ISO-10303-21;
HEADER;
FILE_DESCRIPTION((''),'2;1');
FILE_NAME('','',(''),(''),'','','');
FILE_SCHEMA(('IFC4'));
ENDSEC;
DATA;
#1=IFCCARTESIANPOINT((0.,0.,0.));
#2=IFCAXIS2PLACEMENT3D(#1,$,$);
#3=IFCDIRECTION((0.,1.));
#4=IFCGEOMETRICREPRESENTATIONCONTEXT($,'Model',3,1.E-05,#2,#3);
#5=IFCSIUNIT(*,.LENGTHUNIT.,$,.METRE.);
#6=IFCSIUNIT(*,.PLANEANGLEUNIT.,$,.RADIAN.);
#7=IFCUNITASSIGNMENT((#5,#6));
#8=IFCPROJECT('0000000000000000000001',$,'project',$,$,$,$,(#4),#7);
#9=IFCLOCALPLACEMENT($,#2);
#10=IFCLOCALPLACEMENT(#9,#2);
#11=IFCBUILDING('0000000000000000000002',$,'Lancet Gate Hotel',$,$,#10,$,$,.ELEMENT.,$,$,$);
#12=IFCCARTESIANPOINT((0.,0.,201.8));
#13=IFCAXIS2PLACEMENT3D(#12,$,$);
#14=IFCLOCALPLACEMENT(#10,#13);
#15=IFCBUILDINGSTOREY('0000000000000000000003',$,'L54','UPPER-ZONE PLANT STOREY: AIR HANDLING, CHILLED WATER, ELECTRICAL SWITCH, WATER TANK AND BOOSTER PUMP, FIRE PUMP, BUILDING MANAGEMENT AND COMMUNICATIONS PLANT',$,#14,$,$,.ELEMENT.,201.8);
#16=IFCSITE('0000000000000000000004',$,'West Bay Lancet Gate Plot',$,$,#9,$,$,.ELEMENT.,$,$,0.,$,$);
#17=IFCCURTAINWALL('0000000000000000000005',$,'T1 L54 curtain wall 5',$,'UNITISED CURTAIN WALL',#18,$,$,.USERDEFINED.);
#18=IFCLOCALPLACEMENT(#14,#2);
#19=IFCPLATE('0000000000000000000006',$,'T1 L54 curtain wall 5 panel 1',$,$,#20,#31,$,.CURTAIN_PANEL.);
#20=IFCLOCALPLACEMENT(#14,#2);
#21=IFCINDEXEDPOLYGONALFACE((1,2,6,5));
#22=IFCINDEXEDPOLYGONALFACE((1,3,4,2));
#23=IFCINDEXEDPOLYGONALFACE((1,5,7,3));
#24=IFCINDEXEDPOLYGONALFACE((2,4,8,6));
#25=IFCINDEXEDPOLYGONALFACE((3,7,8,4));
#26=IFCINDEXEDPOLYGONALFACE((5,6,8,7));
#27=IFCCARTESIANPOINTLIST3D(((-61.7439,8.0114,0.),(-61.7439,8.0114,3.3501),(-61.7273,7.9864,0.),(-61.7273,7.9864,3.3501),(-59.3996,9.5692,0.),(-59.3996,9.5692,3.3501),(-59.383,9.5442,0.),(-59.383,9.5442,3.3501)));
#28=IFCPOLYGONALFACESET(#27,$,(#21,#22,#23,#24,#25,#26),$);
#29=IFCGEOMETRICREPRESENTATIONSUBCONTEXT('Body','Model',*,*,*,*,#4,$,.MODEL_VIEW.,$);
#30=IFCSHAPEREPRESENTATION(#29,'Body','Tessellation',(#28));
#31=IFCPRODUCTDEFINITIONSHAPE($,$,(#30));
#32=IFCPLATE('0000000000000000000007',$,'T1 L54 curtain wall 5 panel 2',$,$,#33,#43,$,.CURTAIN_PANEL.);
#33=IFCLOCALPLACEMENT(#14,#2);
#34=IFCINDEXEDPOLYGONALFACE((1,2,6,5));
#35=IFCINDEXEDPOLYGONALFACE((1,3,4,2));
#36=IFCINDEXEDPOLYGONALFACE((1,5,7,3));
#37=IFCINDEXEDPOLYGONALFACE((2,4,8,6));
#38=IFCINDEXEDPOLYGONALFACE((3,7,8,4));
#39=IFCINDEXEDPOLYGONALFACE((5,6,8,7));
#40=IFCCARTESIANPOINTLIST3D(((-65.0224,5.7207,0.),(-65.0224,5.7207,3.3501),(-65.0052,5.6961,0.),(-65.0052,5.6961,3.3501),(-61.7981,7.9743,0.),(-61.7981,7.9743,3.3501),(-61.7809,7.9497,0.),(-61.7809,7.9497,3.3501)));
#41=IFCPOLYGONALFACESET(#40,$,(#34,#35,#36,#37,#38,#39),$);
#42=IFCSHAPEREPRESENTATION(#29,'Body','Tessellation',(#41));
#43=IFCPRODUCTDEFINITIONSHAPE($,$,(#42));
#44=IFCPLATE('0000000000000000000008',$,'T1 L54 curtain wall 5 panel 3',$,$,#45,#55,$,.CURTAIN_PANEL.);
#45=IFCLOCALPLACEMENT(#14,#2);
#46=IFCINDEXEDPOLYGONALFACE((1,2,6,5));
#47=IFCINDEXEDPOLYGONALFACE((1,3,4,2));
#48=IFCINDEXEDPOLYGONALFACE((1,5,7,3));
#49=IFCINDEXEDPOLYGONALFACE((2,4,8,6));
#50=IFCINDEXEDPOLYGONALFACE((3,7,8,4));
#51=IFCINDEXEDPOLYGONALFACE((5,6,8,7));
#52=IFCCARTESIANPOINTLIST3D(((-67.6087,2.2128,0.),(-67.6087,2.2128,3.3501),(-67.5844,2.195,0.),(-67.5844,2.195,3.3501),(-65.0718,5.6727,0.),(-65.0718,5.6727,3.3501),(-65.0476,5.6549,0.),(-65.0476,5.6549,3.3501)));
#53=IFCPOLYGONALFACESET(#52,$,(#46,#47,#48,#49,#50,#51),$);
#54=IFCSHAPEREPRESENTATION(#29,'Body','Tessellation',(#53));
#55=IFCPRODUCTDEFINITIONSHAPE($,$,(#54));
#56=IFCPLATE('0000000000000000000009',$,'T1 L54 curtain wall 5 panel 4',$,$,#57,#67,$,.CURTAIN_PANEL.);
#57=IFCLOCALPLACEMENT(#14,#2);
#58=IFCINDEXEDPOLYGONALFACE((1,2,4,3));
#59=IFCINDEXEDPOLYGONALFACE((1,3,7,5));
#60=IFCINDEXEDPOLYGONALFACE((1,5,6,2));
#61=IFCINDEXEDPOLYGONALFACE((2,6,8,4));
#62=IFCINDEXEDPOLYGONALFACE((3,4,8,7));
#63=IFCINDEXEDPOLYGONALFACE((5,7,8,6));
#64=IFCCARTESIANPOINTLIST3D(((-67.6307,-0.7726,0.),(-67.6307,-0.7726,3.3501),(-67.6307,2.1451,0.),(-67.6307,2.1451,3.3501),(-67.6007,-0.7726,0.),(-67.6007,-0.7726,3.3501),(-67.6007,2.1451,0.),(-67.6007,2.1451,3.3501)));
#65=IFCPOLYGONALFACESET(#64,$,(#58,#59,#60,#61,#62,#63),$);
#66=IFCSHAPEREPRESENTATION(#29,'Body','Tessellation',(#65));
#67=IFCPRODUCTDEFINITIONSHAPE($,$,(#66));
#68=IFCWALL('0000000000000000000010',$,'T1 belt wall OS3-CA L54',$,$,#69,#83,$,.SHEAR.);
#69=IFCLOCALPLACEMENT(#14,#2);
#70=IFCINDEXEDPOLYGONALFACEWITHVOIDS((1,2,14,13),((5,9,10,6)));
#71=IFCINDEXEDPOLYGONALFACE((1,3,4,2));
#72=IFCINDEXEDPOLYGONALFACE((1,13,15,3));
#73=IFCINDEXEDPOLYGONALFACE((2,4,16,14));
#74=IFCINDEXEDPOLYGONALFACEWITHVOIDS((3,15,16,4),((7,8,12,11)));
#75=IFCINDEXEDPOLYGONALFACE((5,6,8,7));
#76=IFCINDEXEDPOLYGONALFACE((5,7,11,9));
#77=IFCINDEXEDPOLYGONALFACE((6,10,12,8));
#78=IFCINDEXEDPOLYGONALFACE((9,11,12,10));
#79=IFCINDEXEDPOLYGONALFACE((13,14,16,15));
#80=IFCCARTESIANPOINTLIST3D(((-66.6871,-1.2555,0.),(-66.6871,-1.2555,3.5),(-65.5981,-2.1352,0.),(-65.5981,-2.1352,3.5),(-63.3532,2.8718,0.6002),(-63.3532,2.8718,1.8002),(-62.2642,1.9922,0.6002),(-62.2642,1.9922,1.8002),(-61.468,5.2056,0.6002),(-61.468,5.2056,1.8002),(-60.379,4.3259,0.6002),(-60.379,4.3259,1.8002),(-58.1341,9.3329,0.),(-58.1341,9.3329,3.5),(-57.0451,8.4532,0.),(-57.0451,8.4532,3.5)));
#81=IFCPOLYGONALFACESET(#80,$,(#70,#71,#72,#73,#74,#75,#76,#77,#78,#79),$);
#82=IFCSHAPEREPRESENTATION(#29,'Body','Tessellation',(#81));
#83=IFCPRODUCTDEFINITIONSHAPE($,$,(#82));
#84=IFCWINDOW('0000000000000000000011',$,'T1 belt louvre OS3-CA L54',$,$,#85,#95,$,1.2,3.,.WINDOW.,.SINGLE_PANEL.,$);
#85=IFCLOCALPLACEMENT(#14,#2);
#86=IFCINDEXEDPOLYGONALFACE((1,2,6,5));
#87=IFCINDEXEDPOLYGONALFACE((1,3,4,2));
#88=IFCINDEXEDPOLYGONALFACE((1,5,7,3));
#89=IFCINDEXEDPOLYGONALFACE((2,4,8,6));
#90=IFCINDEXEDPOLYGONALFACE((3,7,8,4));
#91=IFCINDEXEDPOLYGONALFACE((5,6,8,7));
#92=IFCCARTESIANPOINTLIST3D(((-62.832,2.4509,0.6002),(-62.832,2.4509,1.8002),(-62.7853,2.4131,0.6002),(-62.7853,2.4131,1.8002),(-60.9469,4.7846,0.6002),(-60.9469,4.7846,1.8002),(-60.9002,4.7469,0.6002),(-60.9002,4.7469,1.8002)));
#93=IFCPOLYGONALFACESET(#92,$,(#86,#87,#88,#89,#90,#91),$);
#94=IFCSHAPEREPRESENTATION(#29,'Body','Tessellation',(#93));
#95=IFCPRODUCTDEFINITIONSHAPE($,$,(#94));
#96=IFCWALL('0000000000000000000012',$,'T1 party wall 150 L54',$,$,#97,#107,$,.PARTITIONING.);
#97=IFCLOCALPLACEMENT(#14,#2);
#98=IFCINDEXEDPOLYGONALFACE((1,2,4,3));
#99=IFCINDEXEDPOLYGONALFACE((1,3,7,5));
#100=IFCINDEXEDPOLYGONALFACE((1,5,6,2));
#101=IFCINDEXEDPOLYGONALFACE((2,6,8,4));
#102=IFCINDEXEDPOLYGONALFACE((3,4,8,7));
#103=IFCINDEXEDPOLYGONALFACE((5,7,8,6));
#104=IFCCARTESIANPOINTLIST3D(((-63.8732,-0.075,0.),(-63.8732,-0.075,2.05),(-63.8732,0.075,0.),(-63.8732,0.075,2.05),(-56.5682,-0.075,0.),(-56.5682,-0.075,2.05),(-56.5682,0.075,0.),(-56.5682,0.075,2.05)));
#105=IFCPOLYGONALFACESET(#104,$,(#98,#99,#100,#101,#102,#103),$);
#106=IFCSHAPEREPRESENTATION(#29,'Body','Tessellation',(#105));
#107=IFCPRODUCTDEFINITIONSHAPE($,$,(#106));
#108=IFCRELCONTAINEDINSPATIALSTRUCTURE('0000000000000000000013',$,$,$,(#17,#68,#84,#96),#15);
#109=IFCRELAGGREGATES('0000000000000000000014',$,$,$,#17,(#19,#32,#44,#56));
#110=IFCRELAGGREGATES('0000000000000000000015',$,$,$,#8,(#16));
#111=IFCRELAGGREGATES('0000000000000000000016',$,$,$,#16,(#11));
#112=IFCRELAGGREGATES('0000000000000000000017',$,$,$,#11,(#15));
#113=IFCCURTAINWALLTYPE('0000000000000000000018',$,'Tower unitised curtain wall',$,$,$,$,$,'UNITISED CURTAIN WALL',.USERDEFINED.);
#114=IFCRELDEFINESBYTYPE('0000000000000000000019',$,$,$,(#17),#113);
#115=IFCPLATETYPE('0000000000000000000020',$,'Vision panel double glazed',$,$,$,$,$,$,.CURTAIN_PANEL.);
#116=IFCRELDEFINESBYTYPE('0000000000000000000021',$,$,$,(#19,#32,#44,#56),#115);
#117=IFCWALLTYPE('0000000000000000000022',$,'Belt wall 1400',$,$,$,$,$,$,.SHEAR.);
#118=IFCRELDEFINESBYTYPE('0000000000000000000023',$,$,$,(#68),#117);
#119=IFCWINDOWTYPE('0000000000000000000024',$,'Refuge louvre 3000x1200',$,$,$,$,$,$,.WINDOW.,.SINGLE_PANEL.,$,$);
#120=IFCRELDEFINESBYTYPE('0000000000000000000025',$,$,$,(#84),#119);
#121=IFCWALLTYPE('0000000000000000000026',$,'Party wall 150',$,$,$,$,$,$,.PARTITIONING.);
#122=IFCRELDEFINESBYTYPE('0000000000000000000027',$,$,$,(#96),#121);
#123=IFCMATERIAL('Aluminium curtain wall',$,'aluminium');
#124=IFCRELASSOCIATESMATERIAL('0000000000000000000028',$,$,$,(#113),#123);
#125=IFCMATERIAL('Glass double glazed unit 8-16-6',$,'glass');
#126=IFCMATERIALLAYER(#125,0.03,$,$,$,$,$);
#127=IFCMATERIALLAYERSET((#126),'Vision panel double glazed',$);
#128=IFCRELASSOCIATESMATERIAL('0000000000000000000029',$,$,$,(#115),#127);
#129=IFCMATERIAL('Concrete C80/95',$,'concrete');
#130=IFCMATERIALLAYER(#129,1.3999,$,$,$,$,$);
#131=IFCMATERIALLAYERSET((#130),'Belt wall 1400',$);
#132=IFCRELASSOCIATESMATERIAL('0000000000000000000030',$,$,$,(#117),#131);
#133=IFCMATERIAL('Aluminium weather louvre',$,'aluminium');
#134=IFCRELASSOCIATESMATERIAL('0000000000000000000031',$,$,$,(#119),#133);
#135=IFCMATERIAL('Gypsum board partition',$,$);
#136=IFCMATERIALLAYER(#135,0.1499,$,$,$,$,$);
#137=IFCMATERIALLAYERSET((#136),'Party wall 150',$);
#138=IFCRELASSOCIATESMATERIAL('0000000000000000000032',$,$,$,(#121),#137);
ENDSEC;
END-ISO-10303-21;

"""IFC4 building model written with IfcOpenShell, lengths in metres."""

from ifc_helpers import new_model, si_unit, direction, frame, frame_2d, origin, origin_2d, place, context, subcontext, project, spatial, rectangle, extrude, material, layer, layer_set, type_object, element, fill, aggregate, save


model = new_model("IFC4")

# Units and contexts
model_context = context("Model", 3, precision=1e-05, world=origin(), true_north=direction((0.0, 1.0)))
body_context = subcontext(model_context, "Body", "Model", "MODEL_VIEW")
ifc_project = project(units=[si_unit("LENGTHUNIT", "METRE"), si_unit("PLANEANGLEUNIT", "RADIAN")], contexts=[model_context])

# Site, building, storey
site_placement = place(None, origin())
site = spatial("IfcSite", under=ifc_project, at=site_placement, Name="West Bay Lancet Gate Plot", CompositionType="ELEMENT", RefElevation=0.0)
building_placement = place(site_placement, origin())
building = spatial("IfcBuilding", under=site, at=building_placement, Name="Lancet Gate Hotel", CompositionType="ELEMENT")
storey_placement = place(building_placement, frame((0.0, 0.0, 201.8)))
storey = spatial("IfcBuildingStorey", under=building, at=storey_placement, Name="L54", Description="UPPER-ZONE PLANT STOREY: AIR HANDLING, CHILLED WATER, ELECTRICAL SWITCH, WATER TANK AND BOOSTER PUMP, FIRE PUMP, BUILDING MANAGEMENT AND COMMUNICATIONS PLANT", CompositionType="ELEMENT", Elevation=201.8)

# Curtain wall
ifc_material_1 = material(Name="Aluminium curtain wall", Category="aluminium")
curtain_wall_type = type_object("IfcCurtainWallType", Name="Tower unitised curtain wall", ElementType="UNITISED CURTAIN WALL", PredefinedType="USERDEFINED", material=ifc_material_1)
curtain_wall_1_placement = place(storey_placement, origin())
curtain_wall_1 = element("IfcCurtainWall", 1, at=curtain_wall_1_placement, inside=storey, type_object=curtain_wall_type, Name="T1 L54 curtain wall 5", ObjectType="UNITISED CURTAIN WALL", PredefinedType="USERDEFINED")

# Plates
ifc_material_2 = material(Name="Glass double glazed unit 8-16-6", Category="glass")
ifc_layer_1 = layer(ifc_material_2, 0.03)
ifc_layer_set_1 = layer_set([ifc_layer_1], Name="Vision panel double glazed")
plate_type = type_object("IfcPlateType", Name="Vision panel double glazed", PredefinedType="CURTAIN_PANEL", material=ifc_layer_set_1)
plate_1_placement = place(storey_placement, frame((-60.5635, 8.7778, 0.0), z_axis=(0.0, 0.0, 1.0), x_axis=(-0.832879, -0.553455, 0.0)))
plate_1 = element("IfcPlate", 2, at=plate_1_placement, type_object=plate_type, Name="T1 L54 curtain wall 5 panel 1", PredefinedType="CURTAIN_PANEL", context=body_context, shape_type="SweptSolid", body=[
    extrude(rectangle(XDim=2.8147, YDim=0.03, at=origin_2d()), origin(), (0.0, 0.0, 1.0), 3.3501),
])
plate_2_placement = place(storey_placement, frame((-63.4016, 6.8352, 0.0), z_axis=(0.0, 0.0, 1.0), x_axis=(-0.819631, -0.572892, 0.0)))
plate_2 = element("IfcPlate", 3, at=plate_2_placement, type_object=plate_type, Name="T1 L54 curtain wall 5 panel 2", PredefinedType="CURTAIN_PANEL", context=body_context, shape_type="SweptSolid", body=[
    extrude(rectangle(XDim=3.9338, YDim=0.03, at=origin_2d()), origin(), (0.0, 0.0, 1.0), 3.3501),
])
plate_3_placement = place(storey_placement, frame((-66.3281, 3.9338, 0.0), z_axis=(0.0, 0.0, 1.0), x_axis=(-0.5913, -0.806452, 0.0)))
plate_3 = element("IfcPlate", 4, at=plate_3_placement, type_object=plate_type, Name="T1 L54 curtain wall 5 panel 3", PredefinedType="CURTAIN_PANEL", context=body_context, shape_type="SweptSolid", body=[
    extrude(rectangle(XDim=4.2903, YDim=0.03, at=origin_2d()), origin(), (0.0, 0.0, 1.0), 3.3501),
])
plate_4_placement = place(storey_placement, frame((-67.6157, 0.6863, 0.0), z_axis=(0.0, 0.0, 1.0), x_axis=(0.0, -1.0, 0.0)))
plate_4 = element("IfcPlate", 5, at=plate_4_placement, type_object=plate_type, Name="T1 L54 curtain wall 5 panel 4", PredefinedType="CURTAIN_PANEL", context=body_context, shape_type="SweptSolid", body=[
    extrude(rectangle(XDim=2.9177, YDim=0.03, at=origin_2d()), origin(), (0.0, 0.0, 1.0), 3.3501),
])
aggregate(curtain_wall_1, [plate_1, plate_2, plate_3, plate_4])

# Wall, opening, window
ifc_material_3 = material(Name="Concrete C80/95", Category="concrete")
ifc_layer_2 = layer(ifc_material_3, 1.3999)
ifc_layer_set_2 = layer_set([ifc_layer_2], Name="Belt wall 1400")
wall_type_1 = type_object("IfcWallType", Name="Belt wall 1400", PredefinedType="SHEAR", material=ifc_layer_set_2)
wall_1_placement = place(storey_placement, frame((-57.5896, 8.8931, 0.0), z_axis=(0.0, 0.0, 1.0), x_axis=(-0.628374, -0.777912, 0.0)))
wall_1 = element("IfcWall", 6, at=wall_1_placement, inside=storey, type_object=wall_type_1, Name="T1 belt wall OS3-CA L54", PredefinedType="SHEAR", context=body_context, shape_type="SweptSolid", body=[
    extrude(rectangle(XDim=13.6113, YDim=1.3999, at=frame_2d((6.8057, 0.0))), origin(), (0.0, 0.0, 1.0), 3.5),
])
opening_placement = place(wall_1_placement, frame((5.3057, 0.0, 0.6001)))
opening = element("IfcOpeningElement", 7, at=opening_placement, cuts=wall_1, PredefinedType="OPENING", context=body_context, shape_type="SweptSolid", body=[
    extrude(rectangle(XDim=3.0, YDim=1.2, at=frame_2d((1.5, 0.6001))), frame((0.0, 0.71, 0.0), z_axis=(0.0, -1.0, 0.0), x_axis=(1.0, 0.0, 0.0)), (0.0, 0.0, 1.0), 1.4199),
])
ifc_material_4 = material(Name="Aluminium weather louvre", Category="aluminium")
window_type = type_object("IfcWindowType", Name="Refuge louvre 3000x1200", PartitioningType="SINGLE_PANEL", PredefinedType="WINDOW", material=ifc_material_4)
window_placement = place(opening_placement, origin())
window = element("IfcWindow", 8, at=window_placement, inside=storey, type_object=window_type, Name="T1 belt louvre OS3-CA L54", OverallHeight=1.2, OverallWidth=3.0, PartitioningType="SINGLE_PANEL", PredefinedType="WINDOW", context=body_context, shape_type="SweptSolid", body=[
    extrude(rectangle(XDim=3.0, YDim=1.2, at=frame_2d((1.5, 0.6001))), frame((0.0, 0.03, 0.0), z_axis=(0.0, -1.0, 0.0), x_axis=(1.0, 0.0, 0.0)), (0.0, 0.0, 1.0), 0.0601),
])
fill(opening, window)

# Wall
ifc_material_5 = material(Name="Gypsum board partition")
ifc_layer_3 = layer(ifc_material_5, 0.1499)
ifc_layer_set_3 = layer_set([ifc_layer_3], Name="Party wall 150")
wall_type_2 = type_object("IfcWallType", Name="Party wall 150", PredefinedType="PARTITIONING", material=ifc_layer_set_3)
wall_2_placement = place(storey_placement, frame((-56.5684, 0.0, 0.0), z_axis=(0.0, 0.0, 1.0), x_axis=(-1.0, 0.0, 0.0)))
element("IfcWall", 9, at=wall_2_placement, inside=storey, type_object=wall_type_2, Name="T1 party wall 150 L54", PredefinedType="PARTITIONING", context=body_context, shape_type="SweptSolid", body=[
    extrude(rectangle(XDim=7.3049, YDim=0.1499, at=frame_2d((3.6523, 0.0))), origin(), (0.0, 0.0, 1.0), 2.05),
])

save(model, "model.ifc")
